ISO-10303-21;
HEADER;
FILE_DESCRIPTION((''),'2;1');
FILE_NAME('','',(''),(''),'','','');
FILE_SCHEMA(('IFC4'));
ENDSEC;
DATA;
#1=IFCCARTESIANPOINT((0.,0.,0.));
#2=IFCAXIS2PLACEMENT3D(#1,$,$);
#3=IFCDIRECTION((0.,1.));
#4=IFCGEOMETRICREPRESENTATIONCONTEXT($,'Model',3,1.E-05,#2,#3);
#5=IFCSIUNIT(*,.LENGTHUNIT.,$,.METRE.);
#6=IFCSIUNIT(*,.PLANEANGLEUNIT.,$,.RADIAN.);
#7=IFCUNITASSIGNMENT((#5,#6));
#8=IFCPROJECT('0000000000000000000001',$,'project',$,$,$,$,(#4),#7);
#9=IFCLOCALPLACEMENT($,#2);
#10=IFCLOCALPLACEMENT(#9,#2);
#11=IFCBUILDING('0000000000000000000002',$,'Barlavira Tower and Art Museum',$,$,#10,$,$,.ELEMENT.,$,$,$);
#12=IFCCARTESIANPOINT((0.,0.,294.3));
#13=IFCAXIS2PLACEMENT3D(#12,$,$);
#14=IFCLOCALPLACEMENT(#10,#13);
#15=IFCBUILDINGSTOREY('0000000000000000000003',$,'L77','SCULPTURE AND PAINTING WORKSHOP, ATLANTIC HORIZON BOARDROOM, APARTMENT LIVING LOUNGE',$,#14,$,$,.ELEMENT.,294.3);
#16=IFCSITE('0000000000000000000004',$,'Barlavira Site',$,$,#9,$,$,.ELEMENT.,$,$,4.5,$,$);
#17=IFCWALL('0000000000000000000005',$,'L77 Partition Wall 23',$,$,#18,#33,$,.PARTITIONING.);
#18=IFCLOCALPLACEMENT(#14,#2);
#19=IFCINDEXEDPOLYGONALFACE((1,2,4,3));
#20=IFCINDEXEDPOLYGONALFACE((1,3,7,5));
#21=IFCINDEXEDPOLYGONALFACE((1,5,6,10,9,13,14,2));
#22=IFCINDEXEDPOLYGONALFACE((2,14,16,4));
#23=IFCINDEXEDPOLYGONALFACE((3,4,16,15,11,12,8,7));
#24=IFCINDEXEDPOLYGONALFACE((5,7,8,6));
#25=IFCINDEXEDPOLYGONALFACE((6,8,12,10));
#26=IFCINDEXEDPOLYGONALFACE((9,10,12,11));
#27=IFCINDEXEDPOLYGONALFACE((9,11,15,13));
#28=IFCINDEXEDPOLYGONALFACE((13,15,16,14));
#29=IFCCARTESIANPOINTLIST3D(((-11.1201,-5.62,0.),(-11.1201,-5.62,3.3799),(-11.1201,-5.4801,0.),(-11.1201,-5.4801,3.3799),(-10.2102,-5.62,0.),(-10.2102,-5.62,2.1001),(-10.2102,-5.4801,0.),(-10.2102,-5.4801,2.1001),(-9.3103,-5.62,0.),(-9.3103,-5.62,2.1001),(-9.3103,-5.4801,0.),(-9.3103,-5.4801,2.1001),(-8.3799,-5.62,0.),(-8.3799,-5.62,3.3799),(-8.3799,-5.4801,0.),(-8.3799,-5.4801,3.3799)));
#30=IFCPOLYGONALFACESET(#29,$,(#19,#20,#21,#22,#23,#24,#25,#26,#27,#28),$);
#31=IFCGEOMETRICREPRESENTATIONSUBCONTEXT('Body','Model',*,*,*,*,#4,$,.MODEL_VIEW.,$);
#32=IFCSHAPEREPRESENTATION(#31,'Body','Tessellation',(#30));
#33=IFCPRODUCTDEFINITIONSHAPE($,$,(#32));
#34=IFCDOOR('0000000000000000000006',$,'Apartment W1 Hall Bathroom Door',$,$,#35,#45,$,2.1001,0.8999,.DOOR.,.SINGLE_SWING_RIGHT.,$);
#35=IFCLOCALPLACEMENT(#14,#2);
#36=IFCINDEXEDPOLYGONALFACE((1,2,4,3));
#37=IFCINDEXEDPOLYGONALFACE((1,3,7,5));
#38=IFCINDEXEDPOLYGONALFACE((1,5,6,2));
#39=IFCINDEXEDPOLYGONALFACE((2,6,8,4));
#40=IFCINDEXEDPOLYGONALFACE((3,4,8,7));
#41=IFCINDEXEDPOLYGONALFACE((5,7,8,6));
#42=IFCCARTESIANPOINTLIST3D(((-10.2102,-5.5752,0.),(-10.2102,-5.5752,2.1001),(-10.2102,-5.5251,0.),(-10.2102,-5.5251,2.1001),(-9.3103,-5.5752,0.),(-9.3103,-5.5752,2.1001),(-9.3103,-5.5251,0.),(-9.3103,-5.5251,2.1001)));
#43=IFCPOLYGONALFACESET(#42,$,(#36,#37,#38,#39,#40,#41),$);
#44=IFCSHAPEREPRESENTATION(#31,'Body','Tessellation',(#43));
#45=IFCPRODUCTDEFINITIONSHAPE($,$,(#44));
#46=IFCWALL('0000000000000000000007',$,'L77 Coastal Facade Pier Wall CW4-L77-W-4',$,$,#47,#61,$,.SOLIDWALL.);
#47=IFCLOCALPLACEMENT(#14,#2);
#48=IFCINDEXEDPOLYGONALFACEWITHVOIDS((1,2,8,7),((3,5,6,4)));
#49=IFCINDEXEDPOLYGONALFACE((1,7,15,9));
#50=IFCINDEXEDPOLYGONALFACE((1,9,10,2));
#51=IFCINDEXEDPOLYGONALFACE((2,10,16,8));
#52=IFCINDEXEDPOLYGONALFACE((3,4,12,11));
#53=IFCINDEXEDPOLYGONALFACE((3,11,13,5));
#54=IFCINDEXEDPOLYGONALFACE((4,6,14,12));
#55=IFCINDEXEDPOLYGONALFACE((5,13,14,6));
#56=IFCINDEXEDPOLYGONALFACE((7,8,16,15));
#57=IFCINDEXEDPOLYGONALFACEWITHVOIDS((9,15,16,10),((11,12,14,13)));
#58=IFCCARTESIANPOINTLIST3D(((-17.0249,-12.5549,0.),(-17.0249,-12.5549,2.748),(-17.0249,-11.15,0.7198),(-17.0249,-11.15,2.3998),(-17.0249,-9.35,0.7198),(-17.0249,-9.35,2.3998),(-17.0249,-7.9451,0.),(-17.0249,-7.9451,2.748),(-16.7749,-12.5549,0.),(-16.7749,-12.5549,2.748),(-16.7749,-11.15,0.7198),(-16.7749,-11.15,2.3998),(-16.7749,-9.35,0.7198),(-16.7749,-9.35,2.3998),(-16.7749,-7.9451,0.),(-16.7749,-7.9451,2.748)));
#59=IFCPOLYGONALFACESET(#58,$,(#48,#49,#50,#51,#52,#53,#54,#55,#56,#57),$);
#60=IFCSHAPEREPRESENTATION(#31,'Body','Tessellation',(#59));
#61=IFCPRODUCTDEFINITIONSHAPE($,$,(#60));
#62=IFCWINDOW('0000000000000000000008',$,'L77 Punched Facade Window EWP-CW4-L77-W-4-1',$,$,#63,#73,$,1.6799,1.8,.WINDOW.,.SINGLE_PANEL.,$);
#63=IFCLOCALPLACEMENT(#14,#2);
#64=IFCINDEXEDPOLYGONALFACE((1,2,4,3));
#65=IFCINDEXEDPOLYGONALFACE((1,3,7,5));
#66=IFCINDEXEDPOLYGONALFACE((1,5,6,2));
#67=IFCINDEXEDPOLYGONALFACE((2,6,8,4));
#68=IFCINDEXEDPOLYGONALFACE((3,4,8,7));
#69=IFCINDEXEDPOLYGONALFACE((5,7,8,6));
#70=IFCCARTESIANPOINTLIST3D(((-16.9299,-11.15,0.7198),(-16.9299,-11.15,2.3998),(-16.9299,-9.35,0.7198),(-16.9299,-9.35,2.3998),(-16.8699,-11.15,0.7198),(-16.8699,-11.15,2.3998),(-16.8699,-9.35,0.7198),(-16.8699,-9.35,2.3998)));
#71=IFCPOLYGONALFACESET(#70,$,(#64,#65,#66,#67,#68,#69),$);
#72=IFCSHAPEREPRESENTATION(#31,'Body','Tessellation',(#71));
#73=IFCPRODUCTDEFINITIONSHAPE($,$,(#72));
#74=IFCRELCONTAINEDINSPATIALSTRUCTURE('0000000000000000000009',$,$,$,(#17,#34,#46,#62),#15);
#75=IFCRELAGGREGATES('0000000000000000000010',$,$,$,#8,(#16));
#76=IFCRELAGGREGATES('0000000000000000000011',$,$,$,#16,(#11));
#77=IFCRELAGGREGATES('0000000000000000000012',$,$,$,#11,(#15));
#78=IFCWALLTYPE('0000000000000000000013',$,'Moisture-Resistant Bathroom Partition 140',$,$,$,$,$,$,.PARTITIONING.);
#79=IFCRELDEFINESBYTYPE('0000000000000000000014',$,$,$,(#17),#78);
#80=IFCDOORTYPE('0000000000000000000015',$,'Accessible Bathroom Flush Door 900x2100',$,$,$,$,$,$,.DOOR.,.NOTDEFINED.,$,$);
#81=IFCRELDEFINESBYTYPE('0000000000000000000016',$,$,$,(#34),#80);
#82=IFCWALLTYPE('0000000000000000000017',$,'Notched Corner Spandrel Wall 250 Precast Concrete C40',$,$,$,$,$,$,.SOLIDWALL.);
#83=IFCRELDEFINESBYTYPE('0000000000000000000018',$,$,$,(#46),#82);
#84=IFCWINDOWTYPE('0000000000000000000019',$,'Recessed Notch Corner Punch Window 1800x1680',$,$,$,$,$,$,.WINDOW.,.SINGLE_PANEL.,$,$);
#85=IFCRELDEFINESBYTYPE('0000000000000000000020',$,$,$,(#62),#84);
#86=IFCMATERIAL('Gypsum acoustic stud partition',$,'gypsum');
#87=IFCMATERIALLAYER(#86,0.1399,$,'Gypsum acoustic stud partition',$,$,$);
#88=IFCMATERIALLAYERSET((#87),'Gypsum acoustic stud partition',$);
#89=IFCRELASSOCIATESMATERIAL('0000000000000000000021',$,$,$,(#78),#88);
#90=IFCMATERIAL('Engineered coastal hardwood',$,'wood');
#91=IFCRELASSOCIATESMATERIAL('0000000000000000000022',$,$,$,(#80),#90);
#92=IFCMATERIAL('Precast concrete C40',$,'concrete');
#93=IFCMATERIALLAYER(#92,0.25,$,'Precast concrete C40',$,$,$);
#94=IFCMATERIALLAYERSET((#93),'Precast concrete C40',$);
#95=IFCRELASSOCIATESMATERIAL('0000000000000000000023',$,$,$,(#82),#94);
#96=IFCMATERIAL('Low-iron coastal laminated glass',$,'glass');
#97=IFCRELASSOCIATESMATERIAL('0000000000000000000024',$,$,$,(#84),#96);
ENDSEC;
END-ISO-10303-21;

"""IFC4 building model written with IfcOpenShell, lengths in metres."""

from ifc_helpers import new_model, si_unit, direction, frame, frame_2d, origin, place, context, subcontext, project, spatial, rectangle, extrude, material, layer, layer_set, type_object, element, fill, save


model = new_model("IFC4")

# Units and contexts
model_context = context("Model", 3, precision=1e-05, world=origin(), true_north=direction((0.0, 1.0)))
body_context = subcontext(model_context, "Body", "Model", "MODEL_VIEW")
ifc_project = project(units=[si_unit("LENGTHUNIT", "METRE"), si_unit("PLANEANGLEUNIT", "RADIAN")], contexts=[model_context])

# Site, building, storey
site_placement = place(None, origin())
site = spatial("IfcSite", under=ifc_project, at=site_placement, Name="Barlavira Site", CompositionType="ELEMENT", RefElevation=4.5)
building_placement = place(site_placement, origin())
building = spatial("IfcBuilding", under=site, at=building_placement, Name="Barlavira Tower and Art Museum", CompositionType="ELEMENT")
storey_placement = place(building_placement, frame((0.0, 0.0, 294.3)))
storey = spatial("IfcBuildingStorey", under=building, at=storey_placement, Name="L77", Description="SCULPTURE AND PAINTING WORKSHOP, ATLANTIC HORIZON BOARDROOM, APARTMENT LIVING LOUNGE", CompositionType="ELEMENT", Elevation=294.3)

# Shared definitions
ifc_material_1 = material(Name="Low-iron coastal laminated glass", Category="glass")

# Shared definitions
ifc_material_2 = material(Name="Gypsum acoustic stud partition", Category="gypsum")

# Wall, opening, door
ifc_layer_1 = layer(ifc_material_2, 0.1399, Name="Gypsum acoustic stud partition")
ifc_layer_set_1 = layer_set([ifc_layer_1], Name="Gypsum acoustic stud partition")
wall_type_1 = type_object("IfcWallType", Name="Moisture-Resistant Bathroom Partition 140", PredefinedType="PARTITIONING", material=ifc_layer_set_1)
ifc_material_3 = material(Name="Engineered coastal hardwood", Category="wood")
wall_1_placement = place(storey_placement, frame((-11.1201, -5.55, 0.0), z_axis=(0.0, 0.0, 1.0), x_axis=(1.0, 0.0, 0.0)))
wall_1 = element("IfcWall", 1, at=wall_1_placement, inside=storey, type_object=wall_type_1, Name="L77 Partition Wall 23", PredefinedType="PARTITIONING", context=body_context, shape_type="SweptSolid", body=[
    extrude(rectangle(XDim=2.7402, YDim=0.1399, at=frame_2d((1.3701, 0.0))), origin(), (0.0, 0.0, 1.0), 3.3799),
])
opening_1_placement = place(wall_1_placement, frame((0.9099, 0.0, 0.0)))
opening_1 = element("IfcOpeningElement", 2, at=opening_1_placement, cuts=wall_1, PredefinedType="OPENING", context=body_context, shape_type="SweptSolid", body=[
    extrude(rectangle(XDim=0.8999, YDim=2.1001, at=frame_2d((0.45, 1.05))), frame((0.0, 0.0801, 0.0), z_axis=(0.0, -1.0, 0.0), x_axis=(1.0, 0.0, 0.0)), (0.0, 0.0, 1.0), 0.1599),
])
door_type_1 = type_object("IfcDoorType", Name="Accessible Bathroom Flush Door 900x2100", OperationType="NOTDEFINED", PredefinedType="DOOR", material=ifc_material_3)
door_1_placement = place(opening_1_placement, origin())
door_1 = element("IfcDoor", 3, at=door_1_placement, inside=storey, type_object=door_type_1, Name="Apartment W1 Hall Bathroom Door", OperationType="SINGLE_SWING_RIGHT", OverallHeight=2.1001, OverallWidth=0.8999, PredefinedType="DOOR", context=body_context, shape_type="SweptSolid", body=[
    extrude(rectangle(XDim=0.8999, YDim=2.1001, at=frame_2d((0.45, 1.05))), frame((0.0, 0.0249, 0.0), z_axis=(0.0, -1.0, 0.0), x_axis=(1.0, 0.0, 0.0)), (0.0, 0.0, 1.0), 0.05),
])
fill(opening_1, door_1)

# Wall, opening, window
ifc_material_4 = material(Name="Precast concrete C40", Category="concrete")
ifc_layer_2 = layer(ifc_material_4, 0.25, Name="Precast concrete C40")
ifc_layer_set_2 = layer_set([ifc_layer_2], Name="Precast concrete C40")
wall_type_2 = type_object("IfcWallType", Name="Notched Corner Spandrel Wall 250 Precast Concrete C40", PredefinedType="SOLIDWALL", material=ifc_layer_set_2)
wall_2_placement = place(storey_placement, frame((-16.8999, -7.9451, 0.0), z_axis=(0.0, 0.0, 1.0), x_axis=(0.0, -1.0, 0.0)))
wall_2 = element("IfcWall", 4, at=wall_2_placement, inside=storey, type_object=wall_type_2, Name="L77 Coastal Facade Pier Wall CW4-L77-W-4", PredefinedType="SOLIDWALL", context=body_context, shape_type="SweptSolid", body=[
    extrude(rectangle(XDim=4.6099, YDim=0.25, at=frame_2d((2.3049, 0.0))), origin(), (0.0, 0.0, 1.0), 2.748),
])
opening_2_placement = place(wall_2_placement, frame((1.405, 0.0, 0.72)))
opening_2 = element("IfcOpeningElement", 5, at=opening_2_placement, cuts=wall_2, PredefinedType="OPENING", context=body_context, shape_type="SweptSolid", body=[
    extrude(rectangle(XDim=1.8, YDim=1.6799, at=frame_2d((0.8999, 0.8398))), frame((0.0, 0.135, 0.0), z_axis=(0.0, -1.0, 0.0), x_axis=(1.0, 0.0, 0.0)), (0.0, 0.0, 1.0), 0.27),
])
window_type = type_object("IfcWindowType", Name="Recessed Notch Corner Punch Window 1800x1680", PartitioningType="SINGLE_PANEL", PredefinedType="WINDOW", material=ifc_material_1)
window_placement = place(opening_2_placement, origin())
window = element("IfcWindow", 6, at=window_placement, inside=storey, type_object=window_type, Name="L77 Punched Facade Window EWP-CW4-L77-W-4-1", OverallHeight=1.6799, OverallWidth=1.8, PartitioningType="SINGLE_PANEL", PredefinedType="WINDOW", context=body_context, shape_type="SweptSolid", body=[
    extrude(rectangle(XDim=1.8, YDim=1.6799, at=frame_2d((0.8999, 0.8398))), frame((0.0, 0.03, 0.0), z_axis=(0.0, -1.0, 0.0), x_axis=(1.0, 0.0, 0.0)), (0.0, 0.0, 1.0), 0.0601),
])
fill(opening_2, window)

save(model, "model.ifc")
